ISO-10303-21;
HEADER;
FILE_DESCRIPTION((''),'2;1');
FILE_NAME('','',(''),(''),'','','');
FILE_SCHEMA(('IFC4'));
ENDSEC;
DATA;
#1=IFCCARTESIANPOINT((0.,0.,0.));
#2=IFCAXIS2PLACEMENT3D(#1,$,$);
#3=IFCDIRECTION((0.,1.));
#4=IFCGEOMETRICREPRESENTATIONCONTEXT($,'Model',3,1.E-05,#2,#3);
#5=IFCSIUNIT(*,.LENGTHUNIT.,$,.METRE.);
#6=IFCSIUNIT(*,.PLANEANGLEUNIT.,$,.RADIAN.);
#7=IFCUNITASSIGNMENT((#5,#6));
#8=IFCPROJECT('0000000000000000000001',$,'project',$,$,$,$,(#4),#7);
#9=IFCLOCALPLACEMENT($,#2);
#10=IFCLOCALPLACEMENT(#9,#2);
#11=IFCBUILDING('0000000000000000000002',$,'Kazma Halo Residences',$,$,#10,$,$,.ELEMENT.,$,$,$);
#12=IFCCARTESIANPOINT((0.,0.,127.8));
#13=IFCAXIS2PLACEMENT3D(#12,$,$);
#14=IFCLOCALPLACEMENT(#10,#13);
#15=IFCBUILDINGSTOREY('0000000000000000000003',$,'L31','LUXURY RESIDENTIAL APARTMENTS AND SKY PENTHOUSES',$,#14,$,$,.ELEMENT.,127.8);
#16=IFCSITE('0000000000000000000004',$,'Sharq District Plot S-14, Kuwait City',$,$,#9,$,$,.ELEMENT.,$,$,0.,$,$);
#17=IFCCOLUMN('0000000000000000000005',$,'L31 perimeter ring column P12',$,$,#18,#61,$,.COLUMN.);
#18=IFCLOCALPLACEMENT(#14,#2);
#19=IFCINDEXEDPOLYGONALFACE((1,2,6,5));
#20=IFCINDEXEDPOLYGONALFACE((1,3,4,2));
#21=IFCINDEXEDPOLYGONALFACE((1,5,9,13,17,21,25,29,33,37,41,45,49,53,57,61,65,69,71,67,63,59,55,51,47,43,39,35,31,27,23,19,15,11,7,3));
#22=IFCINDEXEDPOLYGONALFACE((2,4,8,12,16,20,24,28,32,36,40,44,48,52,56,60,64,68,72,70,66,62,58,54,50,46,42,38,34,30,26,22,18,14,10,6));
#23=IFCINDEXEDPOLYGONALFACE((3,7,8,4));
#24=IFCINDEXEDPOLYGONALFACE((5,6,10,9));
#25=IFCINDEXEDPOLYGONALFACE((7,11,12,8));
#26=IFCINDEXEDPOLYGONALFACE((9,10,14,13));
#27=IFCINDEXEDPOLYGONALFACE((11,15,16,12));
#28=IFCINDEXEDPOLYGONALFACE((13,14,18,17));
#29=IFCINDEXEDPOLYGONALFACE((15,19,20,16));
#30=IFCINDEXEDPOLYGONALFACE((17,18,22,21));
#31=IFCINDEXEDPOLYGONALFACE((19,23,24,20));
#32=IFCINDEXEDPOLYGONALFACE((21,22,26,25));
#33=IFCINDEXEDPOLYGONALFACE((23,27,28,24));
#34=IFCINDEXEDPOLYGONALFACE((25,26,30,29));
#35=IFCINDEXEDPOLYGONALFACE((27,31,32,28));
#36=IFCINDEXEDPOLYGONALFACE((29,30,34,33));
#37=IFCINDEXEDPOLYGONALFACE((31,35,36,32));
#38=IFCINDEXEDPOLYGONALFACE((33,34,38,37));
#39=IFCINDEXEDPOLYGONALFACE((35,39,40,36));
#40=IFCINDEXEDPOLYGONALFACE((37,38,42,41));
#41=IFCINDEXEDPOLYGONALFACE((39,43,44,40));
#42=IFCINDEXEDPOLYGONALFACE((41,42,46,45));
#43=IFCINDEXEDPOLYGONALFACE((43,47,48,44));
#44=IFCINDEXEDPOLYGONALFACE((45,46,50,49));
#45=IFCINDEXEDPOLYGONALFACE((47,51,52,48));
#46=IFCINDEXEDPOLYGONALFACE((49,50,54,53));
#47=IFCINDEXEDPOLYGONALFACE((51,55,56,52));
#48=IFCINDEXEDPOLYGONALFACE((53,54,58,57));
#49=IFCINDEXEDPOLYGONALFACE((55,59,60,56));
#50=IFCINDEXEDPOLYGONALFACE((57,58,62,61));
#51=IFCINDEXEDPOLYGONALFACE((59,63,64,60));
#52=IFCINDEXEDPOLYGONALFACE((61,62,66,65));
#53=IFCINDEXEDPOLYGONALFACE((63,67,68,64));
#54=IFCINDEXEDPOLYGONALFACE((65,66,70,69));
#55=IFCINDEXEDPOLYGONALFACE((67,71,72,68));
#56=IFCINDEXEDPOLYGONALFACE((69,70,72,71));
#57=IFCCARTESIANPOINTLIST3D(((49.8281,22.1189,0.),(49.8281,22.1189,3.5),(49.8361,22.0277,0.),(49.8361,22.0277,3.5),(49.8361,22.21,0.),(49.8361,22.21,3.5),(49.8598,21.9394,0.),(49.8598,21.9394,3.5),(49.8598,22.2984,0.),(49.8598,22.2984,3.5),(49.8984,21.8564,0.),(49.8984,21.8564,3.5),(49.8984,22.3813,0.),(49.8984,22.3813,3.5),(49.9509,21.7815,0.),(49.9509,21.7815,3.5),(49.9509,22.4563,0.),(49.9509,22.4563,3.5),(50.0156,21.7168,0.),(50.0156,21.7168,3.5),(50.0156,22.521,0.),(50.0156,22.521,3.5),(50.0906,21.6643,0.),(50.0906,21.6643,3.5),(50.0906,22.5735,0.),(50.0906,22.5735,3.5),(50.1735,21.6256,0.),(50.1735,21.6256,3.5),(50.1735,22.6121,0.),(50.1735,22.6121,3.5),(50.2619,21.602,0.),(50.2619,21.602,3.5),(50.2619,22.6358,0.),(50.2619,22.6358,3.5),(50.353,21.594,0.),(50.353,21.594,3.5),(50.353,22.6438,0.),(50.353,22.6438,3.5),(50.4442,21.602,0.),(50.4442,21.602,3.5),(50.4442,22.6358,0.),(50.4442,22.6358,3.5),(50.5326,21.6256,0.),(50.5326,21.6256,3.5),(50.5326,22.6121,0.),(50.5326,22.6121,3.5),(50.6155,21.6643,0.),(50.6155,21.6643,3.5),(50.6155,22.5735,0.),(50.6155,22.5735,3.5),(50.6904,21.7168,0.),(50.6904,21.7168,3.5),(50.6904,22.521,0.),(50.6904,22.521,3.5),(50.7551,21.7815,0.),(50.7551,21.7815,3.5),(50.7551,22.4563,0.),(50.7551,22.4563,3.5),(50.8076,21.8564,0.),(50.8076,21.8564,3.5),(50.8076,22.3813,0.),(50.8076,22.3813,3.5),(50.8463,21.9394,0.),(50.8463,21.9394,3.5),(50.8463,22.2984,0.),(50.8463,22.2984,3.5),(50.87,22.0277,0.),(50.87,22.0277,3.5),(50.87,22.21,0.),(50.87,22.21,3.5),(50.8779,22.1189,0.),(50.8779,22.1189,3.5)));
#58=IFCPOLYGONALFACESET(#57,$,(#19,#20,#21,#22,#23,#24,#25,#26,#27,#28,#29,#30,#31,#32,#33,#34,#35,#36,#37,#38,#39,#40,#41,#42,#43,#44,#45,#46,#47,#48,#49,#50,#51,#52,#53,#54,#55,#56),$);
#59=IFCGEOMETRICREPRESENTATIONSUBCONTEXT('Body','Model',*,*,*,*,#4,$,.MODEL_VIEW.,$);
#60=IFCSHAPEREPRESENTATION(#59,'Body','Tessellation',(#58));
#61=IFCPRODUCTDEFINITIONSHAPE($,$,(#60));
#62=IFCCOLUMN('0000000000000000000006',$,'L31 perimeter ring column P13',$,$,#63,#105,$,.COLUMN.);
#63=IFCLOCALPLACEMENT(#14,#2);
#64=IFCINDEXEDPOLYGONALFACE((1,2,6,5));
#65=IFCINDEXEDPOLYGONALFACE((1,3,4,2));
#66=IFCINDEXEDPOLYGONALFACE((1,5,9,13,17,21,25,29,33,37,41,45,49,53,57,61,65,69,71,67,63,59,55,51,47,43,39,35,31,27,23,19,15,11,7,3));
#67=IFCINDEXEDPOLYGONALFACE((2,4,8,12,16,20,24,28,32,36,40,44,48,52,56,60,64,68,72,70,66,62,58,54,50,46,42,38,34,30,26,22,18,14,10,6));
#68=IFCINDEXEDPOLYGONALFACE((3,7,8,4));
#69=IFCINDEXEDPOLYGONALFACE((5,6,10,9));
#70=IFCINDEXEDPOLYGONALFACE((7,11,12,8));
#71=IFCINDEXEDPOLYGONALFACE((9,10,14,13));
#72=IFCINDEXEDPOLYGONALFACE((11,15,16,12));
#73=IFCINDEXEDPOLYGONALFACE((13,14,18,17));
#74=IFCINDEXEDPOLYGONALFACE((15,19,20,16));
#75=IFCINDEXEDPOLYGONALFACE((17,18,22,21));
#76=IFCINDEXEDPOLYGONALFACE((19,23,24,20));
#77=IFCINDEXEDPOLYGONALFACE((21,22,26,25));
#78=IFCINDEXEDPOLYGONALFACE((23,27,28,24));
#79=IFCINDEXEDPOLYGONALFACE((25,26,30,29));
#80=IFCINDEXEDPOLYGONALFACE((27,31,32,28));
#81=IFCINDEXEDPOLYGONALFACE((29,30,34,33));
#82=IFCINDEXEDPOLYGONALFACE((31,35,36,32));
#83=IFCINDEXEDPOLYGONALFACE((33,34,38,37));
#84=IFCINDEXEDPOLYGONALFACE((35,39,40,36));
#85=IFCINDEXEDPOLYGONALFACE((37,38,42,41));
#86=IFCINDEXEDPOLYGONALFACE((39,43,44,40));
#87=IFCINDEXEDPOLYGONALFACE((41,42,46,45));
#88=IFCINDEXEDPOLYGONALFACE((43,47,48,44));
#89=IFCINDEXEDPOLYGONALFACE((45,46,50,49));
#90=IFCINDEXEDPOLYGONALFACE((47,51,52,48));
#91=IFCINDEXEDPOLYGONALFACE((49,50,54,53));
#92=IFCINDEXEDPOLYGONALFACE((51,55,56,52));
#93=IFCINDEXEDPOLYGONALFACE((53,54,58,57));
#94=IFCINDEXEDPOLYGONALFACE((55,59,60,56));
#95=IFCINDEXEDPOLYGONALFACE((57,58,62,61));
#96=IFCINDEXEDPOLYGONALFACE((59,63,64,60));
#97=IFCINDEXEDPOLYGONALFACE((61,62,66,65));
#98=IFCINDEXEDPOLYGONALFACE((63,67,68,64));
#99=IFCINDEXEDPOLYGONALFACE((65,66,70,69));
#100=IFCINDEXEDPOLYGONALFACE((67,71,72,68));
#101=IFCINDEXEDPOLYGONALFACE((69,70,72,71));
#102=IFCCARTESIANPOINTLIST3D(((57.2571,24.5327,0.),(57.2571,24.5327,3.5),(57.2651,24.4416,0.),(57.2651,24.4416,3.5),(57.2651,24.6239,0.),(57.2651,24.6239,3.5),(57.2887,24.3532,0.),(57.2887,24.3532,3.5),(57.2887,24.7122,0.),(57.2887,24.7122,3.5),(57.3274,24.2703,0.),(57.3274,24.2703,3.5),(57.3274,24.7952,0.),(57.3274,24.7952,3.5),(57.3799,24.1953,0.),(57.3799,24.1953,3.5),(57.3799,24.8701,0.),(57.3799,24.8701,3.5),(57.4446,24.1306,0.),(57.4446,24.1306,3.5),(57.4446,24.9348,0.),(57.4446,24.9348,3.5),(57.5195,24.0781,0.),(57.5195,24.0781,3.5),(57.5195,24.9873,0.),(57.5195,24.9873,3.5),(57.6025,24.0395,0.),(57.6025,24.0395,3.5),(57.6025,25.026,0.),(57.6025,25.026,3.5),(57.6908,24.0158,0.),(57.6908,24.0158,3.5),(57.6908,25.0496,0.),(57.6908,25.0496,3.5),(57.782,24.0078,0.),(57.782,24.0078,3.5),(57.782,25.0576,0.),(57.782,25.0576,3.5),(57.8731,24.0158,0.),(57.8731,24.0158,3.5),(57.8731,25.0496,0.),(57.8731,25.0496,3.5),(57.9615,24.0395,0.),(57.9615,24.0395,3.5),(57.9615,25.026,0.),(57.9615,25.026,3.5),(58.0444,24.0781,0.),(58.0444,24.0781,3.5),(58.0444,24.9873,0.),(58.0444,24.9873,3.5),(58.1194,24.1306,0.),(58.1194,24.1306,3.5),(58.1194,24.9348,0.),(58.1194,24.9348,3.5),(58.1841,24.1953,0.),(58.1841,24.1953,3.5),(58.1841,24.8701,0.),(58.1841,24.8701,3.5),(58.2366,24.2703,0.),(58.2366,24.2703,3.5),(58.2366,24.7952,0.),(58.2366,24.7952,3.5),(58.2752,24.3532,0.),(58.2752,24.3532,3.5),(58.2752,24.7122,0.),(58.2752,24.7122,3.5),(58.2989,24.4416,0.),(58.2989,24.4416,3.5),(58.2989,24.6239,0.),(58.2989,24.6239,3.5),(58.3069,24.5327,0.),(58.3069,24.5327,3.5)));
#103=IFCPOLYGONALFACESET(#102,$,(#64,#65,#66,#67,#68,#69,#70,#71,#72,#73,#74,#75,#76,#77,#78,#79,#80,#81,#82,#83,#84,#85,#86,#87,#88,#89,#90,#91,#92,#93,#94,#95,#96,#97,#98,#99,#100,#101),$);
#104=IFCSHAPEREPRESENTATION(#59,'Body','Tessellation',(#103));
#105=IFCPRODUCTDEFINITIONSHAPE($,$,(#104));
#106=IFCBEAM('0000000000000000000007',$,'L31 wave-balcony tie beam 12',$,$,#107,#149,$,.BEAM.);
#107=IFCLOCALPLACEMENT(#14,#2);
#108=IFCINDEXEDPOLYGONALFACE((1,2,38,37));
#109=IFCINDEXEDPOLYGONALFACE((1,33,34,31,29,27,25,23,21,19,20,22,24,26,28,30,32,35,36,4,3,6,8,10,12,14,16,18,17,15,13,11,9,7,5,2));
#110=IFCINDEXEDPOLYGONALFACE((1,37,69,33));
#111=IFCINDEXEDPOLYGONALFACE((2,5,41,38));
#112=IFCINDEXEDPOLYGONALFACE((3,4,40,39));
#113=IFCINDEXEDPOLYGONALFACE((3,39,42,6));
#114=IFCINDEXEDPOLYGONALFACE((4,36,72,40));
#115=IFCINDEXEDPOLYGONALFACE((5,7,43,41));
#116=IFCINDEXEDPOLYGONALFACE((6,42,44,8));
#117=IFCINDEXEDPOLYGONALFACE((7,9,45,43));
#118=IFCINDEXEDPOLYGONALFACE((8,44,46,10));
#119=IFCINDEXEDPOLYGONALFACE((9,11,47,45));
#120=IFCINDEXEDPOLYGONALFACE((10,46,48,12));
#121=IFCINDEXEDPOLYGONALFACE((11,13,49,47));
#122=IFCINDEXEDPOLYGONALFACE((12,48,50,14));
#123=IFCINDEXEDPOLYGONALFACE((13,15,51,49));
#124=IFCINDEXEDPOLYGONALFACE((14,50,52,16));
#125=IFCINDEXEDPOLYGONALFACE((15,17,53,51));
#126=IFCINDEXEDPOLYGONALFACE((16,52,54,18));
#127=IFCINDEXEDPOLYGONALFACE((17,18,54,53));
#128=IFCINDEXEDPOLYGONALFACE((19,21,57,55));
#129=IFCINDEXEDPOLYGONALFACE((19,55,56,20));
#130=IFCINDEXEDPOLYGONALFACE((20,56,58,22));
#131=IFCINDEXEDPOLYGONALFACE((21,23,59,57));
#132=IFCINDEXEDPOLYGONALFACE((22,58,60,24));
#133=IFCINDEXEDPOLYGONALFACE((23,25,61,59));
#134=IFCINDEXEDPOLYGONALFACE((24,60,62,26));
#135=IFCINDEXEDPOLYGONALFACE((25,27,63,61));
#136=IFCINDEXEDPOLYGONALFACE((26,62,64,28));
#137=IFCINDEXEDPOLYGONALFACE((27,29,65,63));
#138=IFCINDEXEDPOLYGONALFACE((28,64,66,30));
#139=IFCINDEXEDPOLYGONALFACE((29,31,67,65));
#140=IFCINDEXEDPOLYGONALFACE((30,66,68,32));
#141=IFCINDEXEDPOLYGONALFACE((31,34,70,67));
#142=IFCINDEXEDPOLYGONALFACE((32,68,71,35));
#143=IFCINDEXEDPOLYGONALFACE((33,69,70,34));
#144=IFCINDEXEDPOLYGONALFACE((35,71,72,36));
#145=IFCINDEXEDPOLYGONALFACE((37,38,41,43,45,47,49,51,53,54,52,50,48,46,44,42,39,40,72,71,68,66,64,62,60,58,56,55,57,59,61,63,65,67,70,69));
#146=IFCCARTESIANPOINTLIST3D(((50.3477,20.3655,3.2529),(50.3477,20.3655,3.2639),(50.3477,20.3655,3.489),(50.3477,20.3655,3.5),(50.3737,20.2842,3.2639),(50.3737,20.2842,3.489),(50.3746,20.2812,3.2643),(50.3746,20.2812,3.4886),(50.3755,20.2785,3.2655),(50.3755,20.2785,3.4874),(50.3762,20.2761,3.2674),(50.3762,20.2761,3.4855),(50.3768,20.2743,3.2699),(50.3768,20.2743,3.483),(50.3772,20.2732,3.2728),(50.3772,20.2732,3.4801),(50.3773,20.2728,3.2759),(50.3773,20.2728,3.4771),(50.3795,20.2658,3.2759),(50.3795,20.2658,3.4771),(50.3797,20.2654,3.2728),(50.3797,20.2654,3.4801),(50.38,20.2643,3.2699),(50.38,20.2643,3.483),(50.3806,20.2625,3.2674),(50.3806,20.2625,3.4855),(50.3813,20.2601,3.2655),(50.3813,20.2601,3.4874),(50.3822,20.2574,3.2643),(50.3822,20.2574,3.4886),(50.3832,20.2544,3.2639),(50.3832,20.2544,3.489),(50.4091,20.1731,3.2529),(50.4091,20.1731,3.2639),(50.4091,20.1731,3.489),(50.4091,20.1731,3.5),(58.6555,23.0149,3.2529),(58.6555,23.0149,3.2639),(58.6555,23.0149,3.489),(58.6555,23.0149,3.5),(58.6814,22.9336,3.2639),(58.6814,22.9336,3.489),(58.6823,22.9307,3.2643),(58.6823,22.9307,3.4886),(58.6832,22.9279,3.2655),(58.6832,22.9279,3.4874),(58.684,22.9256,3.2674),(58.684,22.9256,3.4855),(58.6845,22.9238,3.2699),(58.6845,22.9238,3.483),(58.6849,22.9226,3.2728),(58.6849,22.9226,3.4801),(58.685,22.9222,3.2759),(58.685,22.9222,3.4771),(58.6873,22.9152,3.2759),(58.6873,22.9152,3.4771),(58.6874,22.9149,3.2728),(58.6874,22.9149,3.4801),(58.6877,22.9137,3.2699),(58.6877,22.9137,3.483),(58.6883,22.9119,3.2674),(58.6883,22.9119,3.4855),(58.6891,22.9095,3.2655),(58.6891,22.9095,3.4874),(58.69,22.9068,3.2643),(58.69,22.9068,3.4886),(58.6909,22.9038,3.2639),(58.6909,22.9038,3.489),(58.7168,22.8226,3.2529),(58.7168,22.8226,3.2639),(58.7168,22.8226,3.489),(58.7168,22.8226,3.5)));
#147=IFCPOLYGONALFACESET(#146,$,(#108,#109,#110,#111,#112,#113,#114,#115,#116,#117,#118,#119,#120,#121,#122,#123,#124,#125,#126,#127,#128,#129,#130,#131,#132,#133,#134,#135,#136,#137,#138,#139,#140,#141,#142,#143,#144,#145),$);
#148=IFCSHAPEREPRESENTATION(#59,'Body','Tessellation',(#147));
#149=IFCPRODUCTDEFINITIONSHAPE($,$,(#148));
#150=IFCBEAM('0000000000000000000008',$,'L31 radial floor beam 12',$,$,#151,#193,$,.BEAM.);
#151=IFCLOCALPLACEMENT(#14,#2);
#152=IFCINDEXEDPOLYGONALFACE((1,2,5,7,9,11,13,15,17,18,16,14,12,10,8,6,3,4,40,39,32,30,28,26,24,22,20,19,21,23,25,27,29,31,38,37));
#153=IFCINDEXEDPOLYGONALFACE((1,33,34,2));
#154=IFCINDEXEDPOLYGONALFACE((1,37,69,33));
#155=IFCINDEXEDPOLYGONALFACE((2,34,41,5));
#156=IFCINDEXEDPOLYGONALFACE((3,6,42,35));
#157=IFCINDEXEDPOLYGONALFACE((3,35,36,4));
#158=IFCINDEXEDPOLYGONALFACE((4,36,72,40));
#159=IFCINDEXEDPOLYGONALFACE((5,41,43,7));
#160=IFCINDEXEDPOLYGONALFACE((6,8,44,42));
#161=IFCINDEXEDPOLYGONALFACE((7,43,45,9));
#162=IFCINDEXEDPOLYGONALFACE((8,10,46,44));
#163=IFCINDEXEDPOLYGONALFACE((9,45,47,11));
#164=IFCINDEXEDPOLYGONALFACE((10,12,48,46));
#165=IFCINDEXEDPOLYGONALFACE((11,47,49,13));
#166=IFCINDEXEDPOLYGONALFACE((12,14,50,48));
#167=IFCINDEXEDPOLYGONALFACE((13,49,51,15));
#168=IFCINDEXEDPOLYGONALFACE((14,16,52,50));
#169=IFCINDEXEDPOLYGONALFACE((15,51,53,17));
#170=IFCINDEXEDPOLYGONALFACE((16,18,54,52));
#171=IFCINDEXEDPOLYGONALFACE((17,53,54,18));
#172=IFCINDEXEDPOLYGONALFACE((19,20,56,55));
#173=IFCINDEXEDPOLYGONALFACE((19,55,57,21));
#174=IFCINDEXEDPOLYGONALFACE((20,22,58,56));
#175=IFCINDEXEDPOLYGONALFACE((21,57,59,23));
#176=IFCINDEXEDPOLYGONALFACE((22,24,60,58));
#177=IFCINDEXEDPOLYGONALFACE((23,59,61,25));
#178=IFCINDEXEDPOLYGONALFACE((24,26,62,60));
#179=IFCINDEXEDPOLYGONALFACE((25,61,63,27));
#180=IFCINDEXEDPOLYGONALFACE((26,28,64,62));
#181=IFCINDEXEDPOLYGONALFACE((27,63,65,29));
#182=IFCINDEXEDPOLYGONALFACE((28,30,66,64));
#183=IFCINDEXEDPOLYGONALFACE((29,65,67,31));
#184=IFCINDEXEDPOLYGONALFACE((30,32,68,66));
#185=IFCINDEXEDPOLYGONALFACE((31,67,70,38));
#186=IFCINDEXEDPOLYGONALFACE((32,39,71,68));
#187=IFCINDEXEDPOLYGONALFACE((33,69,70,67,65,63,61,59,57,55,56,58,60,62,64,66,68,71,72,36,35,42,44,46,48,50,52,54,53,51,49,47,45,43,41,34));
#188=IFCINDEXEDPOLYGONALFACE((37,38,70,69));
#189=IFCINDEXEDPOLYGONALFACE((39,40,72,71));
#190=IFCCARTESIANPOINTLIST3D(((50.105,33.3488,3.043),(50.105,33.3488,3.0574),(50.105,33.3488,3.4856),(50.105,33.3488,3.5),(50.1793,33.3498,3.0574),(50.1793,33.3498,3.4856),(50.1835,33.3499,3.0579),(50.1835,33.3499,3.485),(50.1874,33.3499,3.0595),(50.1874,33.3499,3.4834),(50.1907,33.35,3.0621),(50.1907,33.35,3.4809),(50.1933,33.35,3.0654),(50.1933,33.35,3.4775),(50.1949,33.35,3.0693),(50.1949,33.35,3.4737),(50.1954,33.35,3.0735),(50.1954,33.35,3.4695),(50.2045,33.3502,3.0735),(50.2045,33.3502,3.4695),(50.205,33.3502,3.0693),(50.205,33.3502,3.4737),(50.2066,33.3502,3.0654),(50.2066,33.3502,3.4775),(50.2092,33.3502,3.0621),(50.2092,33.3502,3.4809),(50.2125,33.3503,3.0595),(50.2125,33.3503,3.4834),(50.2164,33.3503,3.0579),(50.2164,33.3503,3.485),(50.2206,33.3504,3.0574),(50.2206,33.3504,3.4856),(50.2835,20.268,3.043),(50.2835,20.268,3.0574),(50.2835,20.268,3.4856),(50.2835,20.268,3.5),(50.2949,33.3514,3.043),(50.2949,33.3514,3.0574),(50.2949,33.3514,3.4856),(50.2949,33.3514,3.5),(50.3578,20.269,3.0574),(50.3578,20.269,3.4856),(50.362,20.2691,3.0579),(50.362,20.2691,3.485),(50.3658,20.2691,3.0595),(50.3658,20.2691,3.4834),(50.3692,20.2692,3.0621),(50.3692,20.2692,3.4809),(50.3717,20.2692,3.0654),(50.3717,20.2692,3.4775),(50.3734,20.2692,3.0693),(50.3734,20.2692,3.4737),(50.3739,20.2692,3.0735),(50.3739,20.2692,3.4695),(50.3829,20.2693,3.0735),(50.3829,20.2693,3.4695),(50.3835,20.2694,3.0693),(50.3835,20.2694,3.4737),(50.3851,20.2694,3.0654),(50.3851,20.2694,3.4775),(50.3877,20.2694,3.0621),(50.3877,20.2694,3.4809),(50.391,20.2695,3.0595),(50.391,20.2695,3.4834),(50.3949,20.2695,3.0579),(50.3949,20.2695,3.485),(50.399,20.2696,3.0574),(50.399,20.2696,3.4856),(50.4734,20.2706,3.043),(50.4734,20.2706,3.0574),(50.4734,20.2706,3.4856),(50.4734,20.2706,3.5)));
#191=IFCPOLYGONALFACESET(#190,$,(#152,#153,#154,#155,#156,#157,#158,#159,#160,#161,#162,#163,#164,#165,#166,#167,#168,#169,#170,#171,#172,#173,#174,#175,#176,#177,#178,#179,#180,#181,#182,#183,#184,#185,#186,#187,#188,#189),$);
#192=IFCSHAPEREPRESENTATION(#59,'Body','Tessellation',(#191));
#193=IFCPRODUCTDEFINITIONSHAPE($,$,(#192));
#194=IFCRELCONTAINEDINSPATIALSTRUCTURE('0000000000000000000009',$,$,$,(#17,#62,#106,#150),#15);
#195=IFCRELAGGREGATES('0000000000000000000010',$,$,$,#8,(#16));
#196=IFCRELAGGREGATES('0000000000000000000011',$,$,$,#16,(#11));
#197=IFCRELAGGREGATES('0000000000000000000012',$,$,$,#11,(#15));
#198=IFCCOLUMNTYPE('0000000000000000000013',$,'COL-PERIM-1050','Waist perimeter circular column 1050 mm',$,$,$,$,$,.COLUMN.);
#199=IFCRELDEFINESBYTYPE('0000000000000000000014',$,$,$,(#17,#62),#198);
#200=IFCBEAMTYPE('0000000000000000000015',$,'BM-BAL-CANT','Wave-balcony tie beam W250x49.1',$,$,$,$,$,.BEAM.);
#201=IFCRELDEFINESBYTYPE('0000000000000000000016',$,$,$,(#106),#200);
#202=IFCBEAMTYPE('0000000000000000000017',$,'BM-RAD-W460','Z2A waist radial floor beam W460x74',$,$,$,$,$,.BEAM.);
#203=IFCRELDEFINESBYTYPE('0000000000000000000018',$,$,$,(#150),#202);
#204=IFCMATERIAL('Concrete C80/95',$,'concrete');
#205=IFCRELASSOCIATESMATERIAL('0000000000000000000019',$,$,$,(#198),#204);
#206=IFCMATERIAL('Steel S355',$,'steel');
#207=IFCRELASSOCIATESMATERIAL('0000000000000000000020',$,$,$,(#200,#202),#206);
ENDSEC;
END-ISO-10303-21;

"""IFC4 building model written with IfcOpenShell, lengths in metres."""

from ifc_helpers import new_model, si_unit, direction, frame, origin, origin_2d, place, context, subcontext, project, spatial, circle, i_section, extrude, material, material_profile, profile_set, type_object, element, save


model = new_model("IFC4")

# Units and contexts
model_context = context("Model", 3, precision=1e-05, world=origin(), true_north=direction((0.0, 1.0)))
body_context = subcontext(model_context, "Body", "Model", "MODEL_VIEW")
ifc_project = project(units=[si_unit("LENGTHUNIT", "METRE"), si_unit("PLANEANGLEUNIT", "RADIAN")], contexts=[model_context])

# Site, building, storey
site_placement = place(None, origin())
site = spatial("IfcSite", under=ifc_project, at=site_placement, Name="Sharq District Plot S-14, Kuwait City", CompositionType="ELEMENT", RefElevation=0.0)
building_placement = place(site_placement, origin())
building = spatial("IfcBuilding", under=site, at=building_placement, Name="Kazma Halo Residences", CompositionType="ELEMENT")
storey_placement = place(building_placement, frame((0.0, 0.0, 127.8)))
storey = spatial("IfcBuildingStorey", under=building, at=storey_placement, Name="L31", Description="LUXURY RESIDENTIAL APARTMENTS AND SKY PENTHOUSES", CompositionType="ELEMENT", Elevation=127.8)

# Columns
ifc_material_1 = material(Name="Concrete C80/95", Category="concrete")
ifc_material_profile_1 = material_profile(ifc_material_1, circle(Radius=0.5249, at=origin_2d()), Name="CIRC1050")
ifc_profile_set_1 = profile_set([ifc_material_profile_1], Name="Concrete C80/95")
column_type = type_object("IfcColumnType", Name="COL-PERIM-1050", Description="Waist perimeter circular column 1050 mm", PredefinedType="COLUMN", material=ifc_profile_set_1)
for number, where, z_axis, x_axis, name in (
    (1, (50.353, 22.1189, 0.0), (0.0, 0.0, 1.0), (1.0, 0.0, 0.0), "L31 perimeter ring column P12"),
    (2, (57.782, 24.5327, 0.0), (0.0, 0.0, 1.0), (1.0, 0.0, 0.0), "L31 perimeter ring column P13"),
):
    element("IfcColumn", number, at=place(storey_placement, frame(where, z_axis=z_axis, x_axis=x_axis)), inside=storey, type_object=column_type, Name=name, PredefinedType="COLUMN", context=body_context, shape_type="SweptSolid", body=[
        extrude(circle(Radius=0.5249, at=origin_2d()), origin(), (0.0, 0.0, 1.0), 3.5),
    ])

# Beams
ifc_material_2 = material(Name="Steel S355", Category="steel")
ifc_material_profile_2 = material_profile(ifc_material_2, i_section(OverallWidth=0.2019, OverallDepth=0.2471, WebThickness=0.0073, FlangeThickness=0.011, FilletRadius=0.012, at=origin_2d()), Name="W250x49.1")
ifc_profile_set_2 = profile_set([ifc_material_profile_2], Name="Steel S355")
beam_type_1 = type_object("IfcBeamType", Name="BM-BAL-CANT", Description="Wave-balcony tie beam W250x49.1", PredefinedType="BEAM", material=ifc_profile_set_2)
beam_1_placement = place(storey_placement, frame((50.3784, 20.2693, 3.3765), z_axis=(0.952724, 0.303837, 0.0), x_axis=(-0.303837, 0.952724, 0.0)))
element("IfcBeam", 3, at=beam_1_placement, inside=storey, type_object=beam_type_1, Name="L31 wave-balcony tie beam 12", PredefinedType="BEAM", context=body_context, shape_type="SweptSolid", body=[
    extrude(i_section(OverallWidth=0.2019, OverallDepth=0.2471, WebThickness=0.0073, FlangeThickness=0.011, FilletRadius=0.012, at=origin_2d()), origin(), (0.0, 0.0, 1.0), 8.72),
])
ifc_material_profile_3 = material_profile(ifc_material_2, i_section(OverallWidth=0.1899, OverallDepth=0.457, WebThickness=0.009, FlangeThickness=0.0144, FilletRadius=0.0161, at=origin_2d()), Name="W460x74")
ifc_profile_set_3 = profile_set([ifc_material_profile_3], Name="Steel S355")
beam_type_2 = type_object("IfcBeamType", Name="BM-RAD-W460", Description="Z2A waist radial floor beam W460x74", PredefinedType="BEAM", material=ifc_profile_set_3)
beam_2_placement = place(storey_placement, frame((50.2, 33.3501, 3.2715), z_axis=(0.013642, -0.999907, 0.0), x_axis=(0.999907, 0.013642, 0.0)))
element("IfcBeam", 4, at=beam_2_placement, inside=storey, type_object=beam_type_2, Name="L31 radial floor beam 12", PredefinedType="BEAM", context=body_context, shape_type="SweptSolid", body=[
    extrude(i_section(OverallWidth=0.1899, OverallDepth=0.457, WebThickness=0.009, FlangeThickness=0.0144, FilletRadius=0.0161, at=origin_2d()), origin(), (0.0, 0.0, 1.0), 13.082),
])

save(model, "model.ifc")
